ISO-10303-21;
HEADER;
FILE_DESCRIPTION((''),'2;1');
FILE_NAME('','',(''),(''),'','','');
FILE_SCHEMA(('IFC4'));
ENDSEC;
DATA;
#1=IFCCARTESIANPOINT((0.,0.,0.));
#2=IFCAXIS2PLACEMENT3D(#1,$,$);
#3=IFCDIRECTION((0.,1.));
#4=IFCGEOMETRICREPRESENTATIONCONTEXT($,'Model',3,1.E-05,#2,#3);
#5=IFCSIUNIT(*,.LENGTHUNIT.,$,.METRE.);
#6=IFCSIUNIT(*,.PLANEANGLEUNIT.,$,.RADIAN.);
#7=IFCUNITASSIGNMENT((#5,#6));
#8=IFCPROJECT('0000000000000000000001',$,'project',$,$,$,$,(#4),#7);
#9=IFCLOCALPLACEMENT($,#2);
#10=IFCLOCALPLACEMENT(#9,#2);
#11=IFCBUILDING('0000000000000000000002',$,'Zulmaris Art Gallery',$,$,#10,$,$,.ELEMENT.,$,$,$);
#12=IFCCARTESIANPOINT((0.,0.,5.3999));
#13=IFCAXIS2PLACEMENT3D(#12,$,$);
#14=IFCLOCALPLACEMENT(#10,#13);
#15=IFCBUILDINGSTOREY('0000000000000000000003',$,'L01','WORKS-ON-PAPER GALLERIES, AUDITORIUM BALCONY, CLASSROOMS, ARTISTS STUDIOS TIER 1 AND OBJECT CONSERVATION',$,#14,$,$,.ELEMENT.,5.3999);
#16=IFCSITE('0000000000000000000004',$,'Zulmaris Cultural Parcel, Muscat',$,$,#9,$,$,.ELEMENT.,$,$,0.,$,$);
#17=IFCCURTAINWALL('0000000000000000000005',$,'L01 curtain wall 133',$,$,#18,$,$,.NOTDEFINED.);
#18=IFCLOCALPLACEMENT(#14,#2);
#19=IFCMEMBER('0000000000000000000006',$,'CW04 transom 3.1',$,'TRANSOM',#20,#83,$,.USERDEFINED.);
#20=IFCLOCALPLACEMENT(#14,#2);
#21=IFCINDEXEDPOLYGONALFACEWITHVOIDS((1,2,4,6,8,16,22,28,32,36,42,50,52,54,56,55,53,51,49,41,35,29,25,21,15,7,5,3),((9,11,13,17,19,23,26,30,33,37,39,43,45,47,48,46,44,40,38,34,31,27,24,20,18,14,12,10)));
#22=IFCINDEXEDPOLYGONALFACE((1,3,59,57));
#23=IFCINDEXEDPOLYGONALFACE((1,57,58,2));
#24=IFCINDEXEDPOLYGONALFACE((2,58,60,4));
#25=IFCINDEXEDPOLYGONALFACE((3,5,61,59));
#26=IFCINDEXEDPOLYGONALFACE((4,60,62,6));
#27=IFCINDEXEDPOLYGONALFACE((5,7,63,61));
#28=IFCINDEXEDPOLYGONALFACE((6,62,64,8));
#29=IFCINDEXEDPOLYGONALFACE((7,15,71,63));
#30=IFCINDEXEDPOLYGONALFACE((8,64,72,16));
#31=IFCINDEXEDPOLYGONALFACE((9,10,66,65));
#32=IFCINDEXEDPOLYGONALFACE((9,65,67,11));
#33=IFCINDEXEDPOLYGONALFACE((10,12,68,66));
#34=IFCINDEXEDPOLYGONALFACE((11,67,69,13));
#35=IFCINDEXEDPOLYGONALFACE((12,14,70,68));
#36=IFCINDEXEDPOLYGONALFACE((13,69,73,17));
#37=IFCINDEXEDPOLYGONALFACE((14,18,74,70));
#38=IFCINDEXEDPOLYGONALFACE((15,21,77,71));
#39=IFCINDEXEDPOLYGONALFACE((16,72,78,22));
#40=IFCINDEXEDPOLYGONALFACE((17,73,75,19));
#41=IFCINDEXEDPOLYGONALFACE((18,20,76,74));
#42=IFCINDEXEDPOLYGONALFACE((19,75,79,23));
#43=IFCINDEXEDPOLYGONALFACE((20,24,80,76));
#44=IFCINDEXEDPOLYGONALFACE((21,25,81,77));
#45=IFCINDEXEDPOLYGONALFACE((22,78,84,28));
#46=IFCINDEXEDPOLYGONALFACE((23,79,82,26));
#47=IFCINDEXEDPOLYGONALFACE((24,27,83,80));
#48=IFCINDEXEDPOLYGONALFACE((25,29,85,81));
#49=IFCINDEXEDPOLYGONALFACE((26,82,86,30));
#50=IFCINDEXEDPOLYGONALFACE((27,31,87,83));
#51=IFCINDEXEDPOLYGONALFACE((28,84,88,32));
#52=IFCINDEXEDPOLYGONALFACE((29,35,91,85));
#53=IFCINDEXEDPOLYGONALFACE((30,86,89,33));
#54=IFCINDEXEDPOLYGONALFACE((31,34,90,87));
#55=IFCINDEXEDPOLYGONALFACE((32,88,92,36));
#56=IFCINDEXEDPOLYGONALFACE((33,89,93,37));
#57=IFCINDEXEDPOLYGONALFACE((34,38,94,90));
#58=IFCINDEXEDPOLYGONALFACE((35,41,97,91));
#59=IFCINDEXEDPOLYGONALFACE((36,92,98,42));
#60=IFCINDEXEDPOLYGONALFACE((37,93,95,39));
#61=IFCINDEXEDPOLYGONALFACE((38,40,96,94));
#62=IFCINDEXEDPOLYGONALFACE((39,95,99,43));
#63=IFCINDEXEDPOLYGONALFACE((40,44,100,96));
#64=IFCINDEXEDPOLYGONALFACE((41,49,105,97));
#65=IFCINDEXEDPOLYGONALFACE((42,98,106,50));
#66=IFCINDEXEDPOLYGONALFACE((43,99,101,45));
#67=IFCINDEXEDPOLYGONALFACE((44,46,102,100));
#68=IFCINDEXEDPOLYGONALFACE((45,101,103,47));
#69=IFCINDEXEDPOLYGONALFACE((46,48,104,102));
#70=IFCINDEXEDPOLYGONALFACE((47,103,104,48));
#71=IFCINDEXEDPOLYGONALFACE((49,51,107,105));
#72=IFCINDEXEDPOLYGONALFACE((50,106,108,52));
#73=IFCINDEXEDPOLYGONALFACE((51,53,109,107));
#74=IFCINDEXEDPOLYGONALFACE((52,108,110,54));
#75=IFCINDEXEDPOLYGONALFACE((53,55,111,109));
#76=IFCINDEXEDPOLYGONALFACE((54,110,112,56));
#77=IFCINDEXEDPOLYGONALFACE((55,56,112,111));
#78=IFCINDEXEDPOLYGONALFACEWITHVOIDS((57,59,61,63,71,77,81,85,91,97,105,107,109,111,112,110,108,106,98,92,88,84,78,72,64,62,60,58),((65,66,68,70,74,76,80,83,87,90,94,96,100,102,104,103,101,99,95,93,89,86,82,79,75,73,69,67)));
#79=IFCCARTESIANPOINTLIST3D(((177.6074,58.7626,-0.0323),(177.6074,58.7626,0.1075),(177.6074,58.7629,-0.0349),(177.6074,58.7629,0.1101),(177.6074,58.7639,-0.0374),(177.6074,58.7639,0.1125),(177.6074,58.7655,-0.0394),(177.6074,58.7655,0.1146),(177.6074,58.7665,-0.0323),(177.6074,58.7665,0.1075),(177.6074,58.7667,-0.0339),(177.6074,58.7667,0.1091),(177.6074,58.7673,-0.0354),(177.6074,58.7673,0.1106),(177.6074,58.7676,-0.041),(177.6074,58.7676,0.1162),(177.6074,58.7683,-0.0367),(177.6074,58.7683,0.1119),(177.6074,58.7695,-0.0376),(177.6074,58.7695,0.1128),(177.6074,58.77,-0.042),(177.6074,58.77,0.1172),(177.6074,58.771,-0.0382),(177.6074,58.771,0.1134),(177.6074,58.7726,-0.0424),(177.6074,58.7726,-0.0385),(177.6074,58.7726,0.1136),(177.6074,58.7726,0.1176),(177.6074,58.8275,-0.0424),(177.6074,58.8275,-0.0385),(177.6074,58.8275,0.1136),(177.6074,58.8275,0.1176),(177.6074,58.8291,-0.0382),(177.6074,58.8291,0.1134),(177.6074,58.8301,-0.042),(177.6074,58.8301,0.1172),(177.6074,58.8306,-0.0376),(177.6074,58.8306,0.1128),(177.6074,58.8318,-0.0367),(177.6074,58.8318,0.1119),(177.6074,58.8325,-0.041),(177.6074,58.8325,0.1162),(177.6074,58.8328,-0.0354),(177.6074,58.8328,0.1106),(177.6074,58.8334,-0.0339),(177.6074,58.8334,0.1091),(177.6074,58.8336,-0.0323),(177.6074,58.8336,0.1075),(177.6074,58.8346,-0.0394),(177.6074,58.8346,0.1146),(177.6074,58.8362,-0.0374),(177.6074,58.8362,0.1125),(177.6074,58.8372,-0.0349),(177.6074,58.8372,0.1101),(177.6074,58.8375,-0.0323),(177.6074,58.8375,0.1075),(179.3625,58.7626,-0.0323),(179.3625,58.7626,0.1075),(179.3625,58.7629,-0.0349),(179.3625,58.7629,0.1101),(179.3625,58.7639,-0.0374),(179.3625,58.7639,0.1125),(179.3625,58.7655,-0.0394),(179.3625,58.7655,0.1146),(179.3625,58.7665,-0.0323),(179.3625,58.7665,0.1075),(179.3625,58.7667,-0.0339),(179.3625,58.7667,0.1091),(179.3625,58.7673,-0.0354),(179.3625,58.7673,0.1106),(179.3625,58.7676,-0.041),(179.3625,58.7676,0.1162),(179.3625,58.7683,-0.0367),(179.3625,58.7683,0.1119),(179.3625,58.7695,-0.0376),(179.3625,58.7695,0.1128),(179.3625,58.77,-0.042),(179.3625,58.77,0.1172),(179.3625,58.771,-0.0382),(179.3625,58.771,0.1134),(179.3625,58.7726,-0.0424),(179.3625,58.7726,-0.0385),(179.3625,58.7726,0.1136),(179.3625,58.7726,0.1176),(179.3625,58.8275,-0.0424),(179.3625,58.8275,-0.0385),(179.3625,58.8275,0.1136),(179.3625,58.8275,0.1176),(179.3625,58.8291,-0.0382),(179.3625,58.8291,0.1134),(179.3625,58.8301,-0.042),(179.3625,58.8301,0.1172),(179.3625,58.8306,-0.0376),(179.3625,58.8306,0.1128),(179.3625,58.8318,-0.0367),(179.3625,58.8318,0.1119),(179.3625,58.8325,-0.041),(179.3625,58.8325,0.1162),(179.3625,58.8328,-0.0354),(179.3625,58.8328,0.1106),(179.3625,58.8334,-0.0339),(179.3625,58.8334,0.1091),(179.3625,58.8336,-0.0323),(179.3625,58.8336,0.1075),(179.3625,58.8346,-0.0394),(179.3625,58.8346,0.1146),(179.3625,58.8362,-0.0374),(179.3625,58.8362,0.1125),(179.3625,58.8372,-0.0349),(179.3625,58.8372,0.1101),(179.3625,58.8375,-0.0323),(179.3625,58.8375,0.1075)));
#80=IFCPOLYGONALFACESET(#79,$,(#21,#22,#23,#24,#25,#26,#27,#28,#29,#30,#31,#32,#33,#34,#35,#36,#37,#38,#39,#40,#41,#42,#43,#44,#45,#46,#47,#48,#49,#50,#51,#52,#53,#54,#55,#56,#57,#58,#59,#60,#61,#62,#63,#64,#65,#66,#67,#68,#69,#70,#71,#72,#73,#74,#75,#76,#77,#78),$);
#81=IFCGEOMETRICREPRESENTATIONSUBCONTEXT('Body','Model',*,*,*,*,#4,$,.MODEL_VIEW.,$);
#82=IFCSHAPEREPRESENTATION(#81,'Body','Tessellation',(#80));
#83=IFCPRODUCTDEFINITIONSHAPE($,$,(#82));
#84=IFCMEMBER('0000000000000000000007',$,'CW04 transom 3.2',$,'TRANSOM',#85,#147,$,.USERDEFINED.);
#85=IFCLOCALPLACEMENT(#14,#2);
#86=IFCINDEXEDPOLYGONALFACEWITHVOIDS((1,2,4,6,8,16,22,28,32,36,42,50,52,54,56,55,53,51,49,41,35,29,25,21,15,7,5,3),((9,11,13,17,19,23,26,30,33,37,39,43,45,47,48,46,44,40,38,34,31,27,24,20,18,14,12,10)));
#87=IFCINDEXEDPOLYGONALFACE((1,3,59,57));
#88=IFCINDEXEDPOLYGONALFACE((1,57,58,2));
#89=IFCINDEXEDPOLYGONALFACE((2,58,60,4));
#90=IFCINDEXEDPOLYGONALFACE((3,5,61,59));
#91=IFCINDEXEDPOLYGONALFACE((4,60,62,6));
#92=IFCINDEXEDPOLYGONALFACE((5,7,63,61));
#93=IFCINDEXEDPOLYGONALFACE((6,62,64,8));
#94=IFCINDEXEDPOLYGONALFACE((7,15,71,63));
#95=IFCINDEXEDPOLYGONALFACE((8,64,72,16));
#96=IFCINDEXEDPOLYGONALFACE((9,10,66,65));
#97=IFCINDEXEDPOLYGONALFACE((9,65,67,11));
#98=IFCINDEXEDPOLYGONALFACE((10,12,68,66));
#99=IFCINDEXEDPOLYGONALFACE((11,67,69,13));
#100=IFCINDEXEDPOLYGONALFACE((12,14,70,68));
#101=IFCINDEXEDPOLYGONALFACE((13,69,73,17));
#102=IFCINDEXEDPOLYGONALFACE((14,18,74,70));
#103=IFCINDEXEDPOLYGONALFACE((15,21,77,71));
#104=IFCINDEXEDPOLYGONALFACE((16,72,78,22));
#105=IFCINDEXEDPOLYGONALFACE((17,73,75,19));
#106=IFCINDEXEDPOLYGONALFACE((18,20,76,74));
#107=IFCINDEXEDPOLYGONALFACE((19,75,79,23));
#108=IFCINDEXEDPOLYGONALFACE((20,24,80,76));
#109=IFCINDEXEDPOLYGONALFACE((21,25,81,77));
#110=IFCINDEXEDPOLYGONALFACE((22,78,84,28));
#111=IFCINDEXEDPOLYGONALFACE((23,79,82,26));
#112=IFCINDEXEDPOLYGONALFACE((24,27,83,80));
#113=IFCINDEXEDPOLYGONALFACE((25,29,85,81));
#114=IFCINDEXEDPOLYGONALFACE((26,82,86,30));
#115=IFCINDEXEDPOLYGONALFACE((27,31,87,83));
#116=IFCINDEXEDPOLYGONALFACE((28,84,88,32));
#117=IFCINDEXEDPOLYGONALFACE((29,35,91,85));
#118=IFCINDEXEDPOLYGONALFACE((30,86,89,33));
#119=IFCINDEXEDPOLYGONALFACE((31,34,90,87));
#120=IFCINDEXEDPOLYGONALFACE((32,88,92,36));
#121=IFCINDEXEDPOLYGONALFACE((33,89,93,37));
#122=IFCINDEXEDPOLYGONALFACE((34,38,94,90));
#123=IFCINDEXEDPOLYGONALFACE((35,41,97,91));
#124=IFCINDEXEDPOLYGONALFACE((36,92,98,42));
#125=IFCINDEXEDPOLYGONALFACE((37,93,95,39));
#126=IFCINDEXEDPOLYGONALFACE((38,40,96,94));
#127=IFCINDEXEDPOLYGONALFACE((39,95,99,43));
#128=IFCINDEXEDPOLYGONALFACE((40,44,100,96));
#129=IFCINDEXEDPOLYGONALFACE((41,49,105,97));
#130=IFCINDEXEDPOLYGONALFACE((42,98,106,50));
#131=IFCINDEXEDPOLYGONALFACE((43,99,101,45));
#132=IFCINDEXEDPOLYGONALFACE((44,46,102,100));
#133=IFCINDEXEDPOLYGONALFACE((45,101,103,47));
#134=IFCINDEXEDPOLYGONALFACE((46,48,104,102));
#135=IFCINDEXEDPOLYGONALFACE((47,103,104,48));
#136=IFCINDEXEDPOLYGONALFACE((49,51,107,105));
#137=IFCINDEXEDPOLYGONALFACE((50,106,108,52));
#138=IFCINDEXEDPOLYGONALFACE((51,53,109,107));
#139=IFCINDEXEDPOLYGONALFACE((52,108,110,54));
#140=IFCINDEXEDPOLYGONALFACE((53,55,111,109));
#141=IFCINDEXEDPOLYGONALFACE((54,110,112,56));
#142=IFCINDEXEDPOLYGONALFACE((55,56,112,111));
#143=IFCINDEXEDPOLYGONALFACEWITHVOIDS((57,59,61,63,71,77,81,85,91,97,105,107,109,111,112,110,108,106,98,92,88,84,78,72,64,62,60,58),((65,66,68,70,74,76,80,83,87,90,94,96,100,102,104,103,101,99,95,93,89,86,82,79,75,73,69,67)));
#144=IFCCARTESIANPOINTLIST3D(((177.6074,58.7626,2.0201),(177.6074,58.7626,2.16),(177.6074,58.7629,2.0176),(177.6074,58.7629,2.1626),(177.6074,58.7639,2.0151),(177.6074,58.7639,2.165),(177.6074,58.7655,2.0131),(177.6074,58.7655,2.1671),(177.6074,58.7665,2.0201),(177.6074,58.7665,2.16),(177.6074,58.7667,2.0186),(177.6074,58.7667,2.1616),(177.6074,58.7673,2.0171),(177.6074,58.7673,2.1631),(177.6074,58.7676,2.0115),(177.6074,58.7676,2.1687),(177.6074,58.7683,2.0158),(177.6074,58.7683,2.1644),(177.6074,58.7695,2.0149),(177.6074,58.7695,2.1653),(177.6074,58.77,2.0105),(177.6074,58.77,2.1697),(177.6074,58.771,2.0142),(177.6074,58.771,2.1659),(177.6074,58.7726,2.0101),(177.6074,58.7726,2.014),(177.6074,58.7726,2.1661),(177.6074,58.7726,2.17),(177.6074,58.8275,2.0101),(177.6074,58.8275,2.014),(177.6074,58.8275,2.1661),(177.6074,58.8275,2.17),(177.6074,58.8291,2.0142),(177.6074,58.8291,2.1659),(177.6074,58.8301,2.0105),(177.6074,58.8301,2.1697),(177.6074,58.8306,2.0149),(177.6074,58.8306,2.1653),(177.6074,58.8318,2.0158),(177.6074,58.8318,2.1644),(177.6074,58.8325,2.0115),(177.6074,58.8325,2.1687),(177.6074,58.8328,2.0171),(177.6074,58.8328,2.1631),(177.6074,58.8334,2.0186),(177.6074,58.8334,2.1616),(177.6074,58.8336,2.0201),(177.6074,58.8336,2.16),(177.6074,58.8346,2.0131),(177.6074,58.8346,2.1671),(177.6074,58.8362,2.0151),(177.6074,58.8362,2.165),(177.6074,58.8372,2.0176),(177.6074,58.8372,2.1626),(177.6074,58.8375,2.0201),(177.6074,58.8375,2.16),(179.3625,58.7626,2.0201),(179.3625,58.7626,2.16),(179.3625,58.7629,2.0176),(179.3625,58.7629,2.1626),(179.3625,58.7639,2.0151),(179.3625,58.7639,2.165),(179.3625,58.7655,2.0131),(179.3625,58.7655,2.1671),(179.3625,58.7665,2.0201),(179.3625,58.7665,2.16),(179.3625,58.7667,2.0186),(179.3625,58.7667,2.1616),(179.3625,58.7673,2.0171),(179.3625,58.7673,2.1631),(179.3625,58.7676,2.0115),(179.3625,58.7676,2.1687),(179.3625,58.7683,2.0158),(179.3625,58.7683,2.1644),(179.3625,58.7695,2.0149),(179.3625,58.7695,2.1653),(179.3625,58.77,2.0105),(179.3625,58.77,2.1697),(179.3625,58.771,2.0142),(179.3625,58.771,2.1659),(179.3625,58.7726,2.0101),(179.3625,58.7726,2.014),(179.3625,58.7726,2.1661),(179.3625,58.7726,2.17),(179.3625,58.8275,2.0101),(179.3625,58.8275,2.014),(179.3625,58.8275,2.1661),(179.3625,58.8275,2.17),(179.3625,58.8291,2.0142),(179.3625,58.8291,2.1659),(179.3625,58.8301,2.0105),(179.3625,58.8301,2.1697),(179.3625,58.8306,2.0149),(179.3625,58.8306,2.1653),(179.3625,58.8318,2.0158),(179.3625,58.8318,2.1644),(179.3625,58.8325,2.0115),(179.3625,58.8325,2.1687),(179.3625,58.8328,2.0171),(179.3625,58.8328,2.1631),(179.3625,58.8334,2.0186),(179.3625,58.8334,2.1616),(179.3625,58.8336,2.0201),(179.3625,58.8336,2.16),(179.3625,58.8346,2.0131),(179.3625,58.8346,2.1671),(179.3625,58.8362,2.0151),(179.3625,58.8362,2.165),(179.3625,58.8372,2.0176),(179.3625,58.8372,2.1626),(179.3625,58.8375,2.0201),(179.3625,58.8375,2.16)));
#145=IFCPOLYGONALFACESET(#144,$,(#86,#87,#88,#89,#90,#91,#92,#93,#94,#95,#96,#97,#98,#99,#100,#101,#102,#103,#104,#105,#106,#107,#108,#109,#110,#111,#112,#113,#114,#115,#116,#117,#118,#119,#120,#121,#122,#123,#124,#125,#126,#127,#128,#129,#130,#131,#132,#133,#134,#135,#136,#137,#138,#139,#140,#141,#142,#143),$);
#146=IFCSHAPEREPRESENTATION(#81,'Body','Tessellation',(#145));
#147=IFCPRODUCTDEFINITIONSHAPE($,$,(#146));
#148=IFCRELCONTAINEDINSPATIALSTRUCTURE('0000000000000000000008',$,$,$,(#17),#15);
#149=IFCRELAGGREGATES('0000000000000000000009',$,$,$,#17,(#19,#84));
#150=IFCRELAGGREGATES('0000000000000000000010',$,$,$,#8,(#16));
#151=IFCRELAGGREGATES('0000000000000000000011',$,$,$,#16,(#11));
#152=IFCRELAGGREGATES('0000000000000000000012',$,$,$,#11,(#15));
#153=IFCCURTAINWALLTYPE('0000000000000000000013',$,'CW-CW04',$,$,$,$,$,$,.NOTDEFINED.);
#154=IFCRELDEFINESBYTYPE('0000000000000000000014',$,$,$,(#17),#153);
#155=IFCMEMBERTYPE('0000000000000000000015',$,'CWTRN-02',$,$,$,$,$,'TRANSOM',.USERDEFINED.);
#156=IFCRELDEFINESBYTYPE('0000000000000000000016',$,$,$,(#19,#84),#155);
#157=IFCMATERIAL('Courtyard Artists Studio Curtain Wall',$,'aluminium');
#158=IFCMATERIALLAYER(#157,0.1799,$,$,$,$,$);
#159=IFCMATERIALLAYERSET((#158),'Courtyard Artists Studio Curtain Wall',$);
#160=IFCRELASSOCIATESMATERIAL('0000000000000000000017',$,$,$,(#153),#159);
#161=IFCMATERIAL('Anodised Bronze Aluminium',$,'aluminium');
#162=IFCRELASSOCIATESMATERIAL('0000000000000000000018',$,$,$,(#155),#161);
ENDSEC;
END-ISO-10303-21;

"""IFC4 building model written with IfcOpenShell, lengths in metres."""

from ifc_helpers import new_model, si_unit, direction, frame, origin, origin_2d, place, context, subcontext, project, spatial, hollow_rectangle, extrude, material, layer, layer_set, material_profile, profile_set, type_object, element, aggregate, save


model = new_model("IFC4")

# Units and contexts
model_context = context("Model", 3, precision=1e-05, world=origin(), true_north=direction((0.0, 1.0)))
body_context = subcontext(model_context, "Body", "Model", "MODEL_VIEW")
ifc_project = project(units=[si_unit("LENGTHUNIT", "METRE"), si_unit("PLANEANGLEUNIT", "RADIAN")], contexts=[model_context])

# Site, building, storey
site_placement = place(None, origin())
site = spatial("IfcSite", under=ifc_project, at=site_placement, Name="Zulmaris Cultural Parcel, Muscat", CompositionType="ELEMENT", RefElevation=0.0)
building_placement = place(site_placement, origin())
building = spatial("IfcBuilding", under=site, at=building_placement, Name="Zulmaris Art Gallery", CompositionType="ELEMENT")
storey_placement = place(building_placement, frame((0.0, 0.0, 5.3999)))
storey = spatial("IfcBuildingStorey", under=building, at=storey_placement, Name="L01", Description="WORKS-ON-PAPER GALLERIES, AUDITORIUM BALCONY, CLASSROOMS, ARTISTS STUDIOS TIER 1 AND OBJECT CONSERVATION", CompositionType="ELEMENT", Elevation=5.3999)

# Shared definitions
ifc_material_1 = material(Name="Courtyard Artists Studio Curtain Wall", Category="aluminium")
ifc_layer_1 = layer(ifc_material_1, 0.1799)
ifc_layer_set_1 = layer_set([ifc_layer_1], Name="Courtyard Artists Studio Curtain Wall")
curtain_wall_type = type_object("IfcCurtainWallType", Name="CW-CW04", PredefinedType="NOTDEFINED", material=ifc_layer_set_1)
ifc_material_2 = material(Name="Anodised Bronze Aluminium", Category="aluminium")

# Curtain wall
curtain_wall_1_placement = place(storey_placement, origin())
curtain_wall_1 = element("IfcCurtainWall", 1, at=curtain_wall_1_placement, inside=storey, type_object=curtain_wall_type, Name="L01 curtain wall 133", PredefinedType="NOTDEFINED")

# Members
ifc_material_profile_1 = material_profile(ifc_material_2, hollow_rectangle(XDim=0.075, YDim=0.1599, WallThickness=0.0039, InnerFilletRadius=0.0061, OuterFilletRadius=0.01, at=origin_2d()), Name="ALU 75x160x4")
ifc_profile_set_1 = profile_set([ifc_material_profile_1], Name="Anodised Bronze Aluminium")
member_type_1 = type_object("IfcMemberType", Name="CWTRN-02", ElementType="TRANSOM", PredefinedType="USERDEFINED", material=ifc_profile_set_1)
member_1_placement = place(storey_placement, frame((179.3625, 58.8, 0.0376), z_axis=(-1.0, 0.0, 0.0), x_axis=(0.0, -1.0, 0.0)))
member_1 = element("IfcMember", 2, at=member_1_placement, type_object=member_type_1, Name="CW04 transom 3.1", ObjectType="TRANSOM", PredefinedType="USERDEFINED", context=body_context, shape_type="SweptSolid", body=[
    extrude(hollow_rectangle(XDim=0.075, YDim=0.1599, WallThickness=0.0039, InnerFilletRadius=0.0061, OuterFilletRadius=0.01, at=origin_2d()), origin(), (0.0, 0.0, 1.0), 1.7551),
])
member_2_placement = place(storey_placement, frame((179.3625, 58.8, 2.0901), z_axis=(-1.0, 0.0, 0.0), x_axis=(0.0, -1.0, 0.0)))
member_2 = element("IfcMember", 3, at=member_2_placement, type_object=member_type_1, Name="CW04 transom 3.2", ObjectType="TRANSOM", PredefinedType="USERDEFINED", context=body_context, shape_type="SweptSolid", body=[
    extrude(hollow_rectangle(XDim=0.075, YDim=0.1599, WallThickness=0.0039, InnerFilletRadius=0.0061, OuterFilletRadius=0.01, at=origin_2d()), origin(), (0.0, 0.0, 1.0), 1.7551),
])

aggregate(curtain_wall_1, [member_1, member_2])

save(model, "model.ifc")
